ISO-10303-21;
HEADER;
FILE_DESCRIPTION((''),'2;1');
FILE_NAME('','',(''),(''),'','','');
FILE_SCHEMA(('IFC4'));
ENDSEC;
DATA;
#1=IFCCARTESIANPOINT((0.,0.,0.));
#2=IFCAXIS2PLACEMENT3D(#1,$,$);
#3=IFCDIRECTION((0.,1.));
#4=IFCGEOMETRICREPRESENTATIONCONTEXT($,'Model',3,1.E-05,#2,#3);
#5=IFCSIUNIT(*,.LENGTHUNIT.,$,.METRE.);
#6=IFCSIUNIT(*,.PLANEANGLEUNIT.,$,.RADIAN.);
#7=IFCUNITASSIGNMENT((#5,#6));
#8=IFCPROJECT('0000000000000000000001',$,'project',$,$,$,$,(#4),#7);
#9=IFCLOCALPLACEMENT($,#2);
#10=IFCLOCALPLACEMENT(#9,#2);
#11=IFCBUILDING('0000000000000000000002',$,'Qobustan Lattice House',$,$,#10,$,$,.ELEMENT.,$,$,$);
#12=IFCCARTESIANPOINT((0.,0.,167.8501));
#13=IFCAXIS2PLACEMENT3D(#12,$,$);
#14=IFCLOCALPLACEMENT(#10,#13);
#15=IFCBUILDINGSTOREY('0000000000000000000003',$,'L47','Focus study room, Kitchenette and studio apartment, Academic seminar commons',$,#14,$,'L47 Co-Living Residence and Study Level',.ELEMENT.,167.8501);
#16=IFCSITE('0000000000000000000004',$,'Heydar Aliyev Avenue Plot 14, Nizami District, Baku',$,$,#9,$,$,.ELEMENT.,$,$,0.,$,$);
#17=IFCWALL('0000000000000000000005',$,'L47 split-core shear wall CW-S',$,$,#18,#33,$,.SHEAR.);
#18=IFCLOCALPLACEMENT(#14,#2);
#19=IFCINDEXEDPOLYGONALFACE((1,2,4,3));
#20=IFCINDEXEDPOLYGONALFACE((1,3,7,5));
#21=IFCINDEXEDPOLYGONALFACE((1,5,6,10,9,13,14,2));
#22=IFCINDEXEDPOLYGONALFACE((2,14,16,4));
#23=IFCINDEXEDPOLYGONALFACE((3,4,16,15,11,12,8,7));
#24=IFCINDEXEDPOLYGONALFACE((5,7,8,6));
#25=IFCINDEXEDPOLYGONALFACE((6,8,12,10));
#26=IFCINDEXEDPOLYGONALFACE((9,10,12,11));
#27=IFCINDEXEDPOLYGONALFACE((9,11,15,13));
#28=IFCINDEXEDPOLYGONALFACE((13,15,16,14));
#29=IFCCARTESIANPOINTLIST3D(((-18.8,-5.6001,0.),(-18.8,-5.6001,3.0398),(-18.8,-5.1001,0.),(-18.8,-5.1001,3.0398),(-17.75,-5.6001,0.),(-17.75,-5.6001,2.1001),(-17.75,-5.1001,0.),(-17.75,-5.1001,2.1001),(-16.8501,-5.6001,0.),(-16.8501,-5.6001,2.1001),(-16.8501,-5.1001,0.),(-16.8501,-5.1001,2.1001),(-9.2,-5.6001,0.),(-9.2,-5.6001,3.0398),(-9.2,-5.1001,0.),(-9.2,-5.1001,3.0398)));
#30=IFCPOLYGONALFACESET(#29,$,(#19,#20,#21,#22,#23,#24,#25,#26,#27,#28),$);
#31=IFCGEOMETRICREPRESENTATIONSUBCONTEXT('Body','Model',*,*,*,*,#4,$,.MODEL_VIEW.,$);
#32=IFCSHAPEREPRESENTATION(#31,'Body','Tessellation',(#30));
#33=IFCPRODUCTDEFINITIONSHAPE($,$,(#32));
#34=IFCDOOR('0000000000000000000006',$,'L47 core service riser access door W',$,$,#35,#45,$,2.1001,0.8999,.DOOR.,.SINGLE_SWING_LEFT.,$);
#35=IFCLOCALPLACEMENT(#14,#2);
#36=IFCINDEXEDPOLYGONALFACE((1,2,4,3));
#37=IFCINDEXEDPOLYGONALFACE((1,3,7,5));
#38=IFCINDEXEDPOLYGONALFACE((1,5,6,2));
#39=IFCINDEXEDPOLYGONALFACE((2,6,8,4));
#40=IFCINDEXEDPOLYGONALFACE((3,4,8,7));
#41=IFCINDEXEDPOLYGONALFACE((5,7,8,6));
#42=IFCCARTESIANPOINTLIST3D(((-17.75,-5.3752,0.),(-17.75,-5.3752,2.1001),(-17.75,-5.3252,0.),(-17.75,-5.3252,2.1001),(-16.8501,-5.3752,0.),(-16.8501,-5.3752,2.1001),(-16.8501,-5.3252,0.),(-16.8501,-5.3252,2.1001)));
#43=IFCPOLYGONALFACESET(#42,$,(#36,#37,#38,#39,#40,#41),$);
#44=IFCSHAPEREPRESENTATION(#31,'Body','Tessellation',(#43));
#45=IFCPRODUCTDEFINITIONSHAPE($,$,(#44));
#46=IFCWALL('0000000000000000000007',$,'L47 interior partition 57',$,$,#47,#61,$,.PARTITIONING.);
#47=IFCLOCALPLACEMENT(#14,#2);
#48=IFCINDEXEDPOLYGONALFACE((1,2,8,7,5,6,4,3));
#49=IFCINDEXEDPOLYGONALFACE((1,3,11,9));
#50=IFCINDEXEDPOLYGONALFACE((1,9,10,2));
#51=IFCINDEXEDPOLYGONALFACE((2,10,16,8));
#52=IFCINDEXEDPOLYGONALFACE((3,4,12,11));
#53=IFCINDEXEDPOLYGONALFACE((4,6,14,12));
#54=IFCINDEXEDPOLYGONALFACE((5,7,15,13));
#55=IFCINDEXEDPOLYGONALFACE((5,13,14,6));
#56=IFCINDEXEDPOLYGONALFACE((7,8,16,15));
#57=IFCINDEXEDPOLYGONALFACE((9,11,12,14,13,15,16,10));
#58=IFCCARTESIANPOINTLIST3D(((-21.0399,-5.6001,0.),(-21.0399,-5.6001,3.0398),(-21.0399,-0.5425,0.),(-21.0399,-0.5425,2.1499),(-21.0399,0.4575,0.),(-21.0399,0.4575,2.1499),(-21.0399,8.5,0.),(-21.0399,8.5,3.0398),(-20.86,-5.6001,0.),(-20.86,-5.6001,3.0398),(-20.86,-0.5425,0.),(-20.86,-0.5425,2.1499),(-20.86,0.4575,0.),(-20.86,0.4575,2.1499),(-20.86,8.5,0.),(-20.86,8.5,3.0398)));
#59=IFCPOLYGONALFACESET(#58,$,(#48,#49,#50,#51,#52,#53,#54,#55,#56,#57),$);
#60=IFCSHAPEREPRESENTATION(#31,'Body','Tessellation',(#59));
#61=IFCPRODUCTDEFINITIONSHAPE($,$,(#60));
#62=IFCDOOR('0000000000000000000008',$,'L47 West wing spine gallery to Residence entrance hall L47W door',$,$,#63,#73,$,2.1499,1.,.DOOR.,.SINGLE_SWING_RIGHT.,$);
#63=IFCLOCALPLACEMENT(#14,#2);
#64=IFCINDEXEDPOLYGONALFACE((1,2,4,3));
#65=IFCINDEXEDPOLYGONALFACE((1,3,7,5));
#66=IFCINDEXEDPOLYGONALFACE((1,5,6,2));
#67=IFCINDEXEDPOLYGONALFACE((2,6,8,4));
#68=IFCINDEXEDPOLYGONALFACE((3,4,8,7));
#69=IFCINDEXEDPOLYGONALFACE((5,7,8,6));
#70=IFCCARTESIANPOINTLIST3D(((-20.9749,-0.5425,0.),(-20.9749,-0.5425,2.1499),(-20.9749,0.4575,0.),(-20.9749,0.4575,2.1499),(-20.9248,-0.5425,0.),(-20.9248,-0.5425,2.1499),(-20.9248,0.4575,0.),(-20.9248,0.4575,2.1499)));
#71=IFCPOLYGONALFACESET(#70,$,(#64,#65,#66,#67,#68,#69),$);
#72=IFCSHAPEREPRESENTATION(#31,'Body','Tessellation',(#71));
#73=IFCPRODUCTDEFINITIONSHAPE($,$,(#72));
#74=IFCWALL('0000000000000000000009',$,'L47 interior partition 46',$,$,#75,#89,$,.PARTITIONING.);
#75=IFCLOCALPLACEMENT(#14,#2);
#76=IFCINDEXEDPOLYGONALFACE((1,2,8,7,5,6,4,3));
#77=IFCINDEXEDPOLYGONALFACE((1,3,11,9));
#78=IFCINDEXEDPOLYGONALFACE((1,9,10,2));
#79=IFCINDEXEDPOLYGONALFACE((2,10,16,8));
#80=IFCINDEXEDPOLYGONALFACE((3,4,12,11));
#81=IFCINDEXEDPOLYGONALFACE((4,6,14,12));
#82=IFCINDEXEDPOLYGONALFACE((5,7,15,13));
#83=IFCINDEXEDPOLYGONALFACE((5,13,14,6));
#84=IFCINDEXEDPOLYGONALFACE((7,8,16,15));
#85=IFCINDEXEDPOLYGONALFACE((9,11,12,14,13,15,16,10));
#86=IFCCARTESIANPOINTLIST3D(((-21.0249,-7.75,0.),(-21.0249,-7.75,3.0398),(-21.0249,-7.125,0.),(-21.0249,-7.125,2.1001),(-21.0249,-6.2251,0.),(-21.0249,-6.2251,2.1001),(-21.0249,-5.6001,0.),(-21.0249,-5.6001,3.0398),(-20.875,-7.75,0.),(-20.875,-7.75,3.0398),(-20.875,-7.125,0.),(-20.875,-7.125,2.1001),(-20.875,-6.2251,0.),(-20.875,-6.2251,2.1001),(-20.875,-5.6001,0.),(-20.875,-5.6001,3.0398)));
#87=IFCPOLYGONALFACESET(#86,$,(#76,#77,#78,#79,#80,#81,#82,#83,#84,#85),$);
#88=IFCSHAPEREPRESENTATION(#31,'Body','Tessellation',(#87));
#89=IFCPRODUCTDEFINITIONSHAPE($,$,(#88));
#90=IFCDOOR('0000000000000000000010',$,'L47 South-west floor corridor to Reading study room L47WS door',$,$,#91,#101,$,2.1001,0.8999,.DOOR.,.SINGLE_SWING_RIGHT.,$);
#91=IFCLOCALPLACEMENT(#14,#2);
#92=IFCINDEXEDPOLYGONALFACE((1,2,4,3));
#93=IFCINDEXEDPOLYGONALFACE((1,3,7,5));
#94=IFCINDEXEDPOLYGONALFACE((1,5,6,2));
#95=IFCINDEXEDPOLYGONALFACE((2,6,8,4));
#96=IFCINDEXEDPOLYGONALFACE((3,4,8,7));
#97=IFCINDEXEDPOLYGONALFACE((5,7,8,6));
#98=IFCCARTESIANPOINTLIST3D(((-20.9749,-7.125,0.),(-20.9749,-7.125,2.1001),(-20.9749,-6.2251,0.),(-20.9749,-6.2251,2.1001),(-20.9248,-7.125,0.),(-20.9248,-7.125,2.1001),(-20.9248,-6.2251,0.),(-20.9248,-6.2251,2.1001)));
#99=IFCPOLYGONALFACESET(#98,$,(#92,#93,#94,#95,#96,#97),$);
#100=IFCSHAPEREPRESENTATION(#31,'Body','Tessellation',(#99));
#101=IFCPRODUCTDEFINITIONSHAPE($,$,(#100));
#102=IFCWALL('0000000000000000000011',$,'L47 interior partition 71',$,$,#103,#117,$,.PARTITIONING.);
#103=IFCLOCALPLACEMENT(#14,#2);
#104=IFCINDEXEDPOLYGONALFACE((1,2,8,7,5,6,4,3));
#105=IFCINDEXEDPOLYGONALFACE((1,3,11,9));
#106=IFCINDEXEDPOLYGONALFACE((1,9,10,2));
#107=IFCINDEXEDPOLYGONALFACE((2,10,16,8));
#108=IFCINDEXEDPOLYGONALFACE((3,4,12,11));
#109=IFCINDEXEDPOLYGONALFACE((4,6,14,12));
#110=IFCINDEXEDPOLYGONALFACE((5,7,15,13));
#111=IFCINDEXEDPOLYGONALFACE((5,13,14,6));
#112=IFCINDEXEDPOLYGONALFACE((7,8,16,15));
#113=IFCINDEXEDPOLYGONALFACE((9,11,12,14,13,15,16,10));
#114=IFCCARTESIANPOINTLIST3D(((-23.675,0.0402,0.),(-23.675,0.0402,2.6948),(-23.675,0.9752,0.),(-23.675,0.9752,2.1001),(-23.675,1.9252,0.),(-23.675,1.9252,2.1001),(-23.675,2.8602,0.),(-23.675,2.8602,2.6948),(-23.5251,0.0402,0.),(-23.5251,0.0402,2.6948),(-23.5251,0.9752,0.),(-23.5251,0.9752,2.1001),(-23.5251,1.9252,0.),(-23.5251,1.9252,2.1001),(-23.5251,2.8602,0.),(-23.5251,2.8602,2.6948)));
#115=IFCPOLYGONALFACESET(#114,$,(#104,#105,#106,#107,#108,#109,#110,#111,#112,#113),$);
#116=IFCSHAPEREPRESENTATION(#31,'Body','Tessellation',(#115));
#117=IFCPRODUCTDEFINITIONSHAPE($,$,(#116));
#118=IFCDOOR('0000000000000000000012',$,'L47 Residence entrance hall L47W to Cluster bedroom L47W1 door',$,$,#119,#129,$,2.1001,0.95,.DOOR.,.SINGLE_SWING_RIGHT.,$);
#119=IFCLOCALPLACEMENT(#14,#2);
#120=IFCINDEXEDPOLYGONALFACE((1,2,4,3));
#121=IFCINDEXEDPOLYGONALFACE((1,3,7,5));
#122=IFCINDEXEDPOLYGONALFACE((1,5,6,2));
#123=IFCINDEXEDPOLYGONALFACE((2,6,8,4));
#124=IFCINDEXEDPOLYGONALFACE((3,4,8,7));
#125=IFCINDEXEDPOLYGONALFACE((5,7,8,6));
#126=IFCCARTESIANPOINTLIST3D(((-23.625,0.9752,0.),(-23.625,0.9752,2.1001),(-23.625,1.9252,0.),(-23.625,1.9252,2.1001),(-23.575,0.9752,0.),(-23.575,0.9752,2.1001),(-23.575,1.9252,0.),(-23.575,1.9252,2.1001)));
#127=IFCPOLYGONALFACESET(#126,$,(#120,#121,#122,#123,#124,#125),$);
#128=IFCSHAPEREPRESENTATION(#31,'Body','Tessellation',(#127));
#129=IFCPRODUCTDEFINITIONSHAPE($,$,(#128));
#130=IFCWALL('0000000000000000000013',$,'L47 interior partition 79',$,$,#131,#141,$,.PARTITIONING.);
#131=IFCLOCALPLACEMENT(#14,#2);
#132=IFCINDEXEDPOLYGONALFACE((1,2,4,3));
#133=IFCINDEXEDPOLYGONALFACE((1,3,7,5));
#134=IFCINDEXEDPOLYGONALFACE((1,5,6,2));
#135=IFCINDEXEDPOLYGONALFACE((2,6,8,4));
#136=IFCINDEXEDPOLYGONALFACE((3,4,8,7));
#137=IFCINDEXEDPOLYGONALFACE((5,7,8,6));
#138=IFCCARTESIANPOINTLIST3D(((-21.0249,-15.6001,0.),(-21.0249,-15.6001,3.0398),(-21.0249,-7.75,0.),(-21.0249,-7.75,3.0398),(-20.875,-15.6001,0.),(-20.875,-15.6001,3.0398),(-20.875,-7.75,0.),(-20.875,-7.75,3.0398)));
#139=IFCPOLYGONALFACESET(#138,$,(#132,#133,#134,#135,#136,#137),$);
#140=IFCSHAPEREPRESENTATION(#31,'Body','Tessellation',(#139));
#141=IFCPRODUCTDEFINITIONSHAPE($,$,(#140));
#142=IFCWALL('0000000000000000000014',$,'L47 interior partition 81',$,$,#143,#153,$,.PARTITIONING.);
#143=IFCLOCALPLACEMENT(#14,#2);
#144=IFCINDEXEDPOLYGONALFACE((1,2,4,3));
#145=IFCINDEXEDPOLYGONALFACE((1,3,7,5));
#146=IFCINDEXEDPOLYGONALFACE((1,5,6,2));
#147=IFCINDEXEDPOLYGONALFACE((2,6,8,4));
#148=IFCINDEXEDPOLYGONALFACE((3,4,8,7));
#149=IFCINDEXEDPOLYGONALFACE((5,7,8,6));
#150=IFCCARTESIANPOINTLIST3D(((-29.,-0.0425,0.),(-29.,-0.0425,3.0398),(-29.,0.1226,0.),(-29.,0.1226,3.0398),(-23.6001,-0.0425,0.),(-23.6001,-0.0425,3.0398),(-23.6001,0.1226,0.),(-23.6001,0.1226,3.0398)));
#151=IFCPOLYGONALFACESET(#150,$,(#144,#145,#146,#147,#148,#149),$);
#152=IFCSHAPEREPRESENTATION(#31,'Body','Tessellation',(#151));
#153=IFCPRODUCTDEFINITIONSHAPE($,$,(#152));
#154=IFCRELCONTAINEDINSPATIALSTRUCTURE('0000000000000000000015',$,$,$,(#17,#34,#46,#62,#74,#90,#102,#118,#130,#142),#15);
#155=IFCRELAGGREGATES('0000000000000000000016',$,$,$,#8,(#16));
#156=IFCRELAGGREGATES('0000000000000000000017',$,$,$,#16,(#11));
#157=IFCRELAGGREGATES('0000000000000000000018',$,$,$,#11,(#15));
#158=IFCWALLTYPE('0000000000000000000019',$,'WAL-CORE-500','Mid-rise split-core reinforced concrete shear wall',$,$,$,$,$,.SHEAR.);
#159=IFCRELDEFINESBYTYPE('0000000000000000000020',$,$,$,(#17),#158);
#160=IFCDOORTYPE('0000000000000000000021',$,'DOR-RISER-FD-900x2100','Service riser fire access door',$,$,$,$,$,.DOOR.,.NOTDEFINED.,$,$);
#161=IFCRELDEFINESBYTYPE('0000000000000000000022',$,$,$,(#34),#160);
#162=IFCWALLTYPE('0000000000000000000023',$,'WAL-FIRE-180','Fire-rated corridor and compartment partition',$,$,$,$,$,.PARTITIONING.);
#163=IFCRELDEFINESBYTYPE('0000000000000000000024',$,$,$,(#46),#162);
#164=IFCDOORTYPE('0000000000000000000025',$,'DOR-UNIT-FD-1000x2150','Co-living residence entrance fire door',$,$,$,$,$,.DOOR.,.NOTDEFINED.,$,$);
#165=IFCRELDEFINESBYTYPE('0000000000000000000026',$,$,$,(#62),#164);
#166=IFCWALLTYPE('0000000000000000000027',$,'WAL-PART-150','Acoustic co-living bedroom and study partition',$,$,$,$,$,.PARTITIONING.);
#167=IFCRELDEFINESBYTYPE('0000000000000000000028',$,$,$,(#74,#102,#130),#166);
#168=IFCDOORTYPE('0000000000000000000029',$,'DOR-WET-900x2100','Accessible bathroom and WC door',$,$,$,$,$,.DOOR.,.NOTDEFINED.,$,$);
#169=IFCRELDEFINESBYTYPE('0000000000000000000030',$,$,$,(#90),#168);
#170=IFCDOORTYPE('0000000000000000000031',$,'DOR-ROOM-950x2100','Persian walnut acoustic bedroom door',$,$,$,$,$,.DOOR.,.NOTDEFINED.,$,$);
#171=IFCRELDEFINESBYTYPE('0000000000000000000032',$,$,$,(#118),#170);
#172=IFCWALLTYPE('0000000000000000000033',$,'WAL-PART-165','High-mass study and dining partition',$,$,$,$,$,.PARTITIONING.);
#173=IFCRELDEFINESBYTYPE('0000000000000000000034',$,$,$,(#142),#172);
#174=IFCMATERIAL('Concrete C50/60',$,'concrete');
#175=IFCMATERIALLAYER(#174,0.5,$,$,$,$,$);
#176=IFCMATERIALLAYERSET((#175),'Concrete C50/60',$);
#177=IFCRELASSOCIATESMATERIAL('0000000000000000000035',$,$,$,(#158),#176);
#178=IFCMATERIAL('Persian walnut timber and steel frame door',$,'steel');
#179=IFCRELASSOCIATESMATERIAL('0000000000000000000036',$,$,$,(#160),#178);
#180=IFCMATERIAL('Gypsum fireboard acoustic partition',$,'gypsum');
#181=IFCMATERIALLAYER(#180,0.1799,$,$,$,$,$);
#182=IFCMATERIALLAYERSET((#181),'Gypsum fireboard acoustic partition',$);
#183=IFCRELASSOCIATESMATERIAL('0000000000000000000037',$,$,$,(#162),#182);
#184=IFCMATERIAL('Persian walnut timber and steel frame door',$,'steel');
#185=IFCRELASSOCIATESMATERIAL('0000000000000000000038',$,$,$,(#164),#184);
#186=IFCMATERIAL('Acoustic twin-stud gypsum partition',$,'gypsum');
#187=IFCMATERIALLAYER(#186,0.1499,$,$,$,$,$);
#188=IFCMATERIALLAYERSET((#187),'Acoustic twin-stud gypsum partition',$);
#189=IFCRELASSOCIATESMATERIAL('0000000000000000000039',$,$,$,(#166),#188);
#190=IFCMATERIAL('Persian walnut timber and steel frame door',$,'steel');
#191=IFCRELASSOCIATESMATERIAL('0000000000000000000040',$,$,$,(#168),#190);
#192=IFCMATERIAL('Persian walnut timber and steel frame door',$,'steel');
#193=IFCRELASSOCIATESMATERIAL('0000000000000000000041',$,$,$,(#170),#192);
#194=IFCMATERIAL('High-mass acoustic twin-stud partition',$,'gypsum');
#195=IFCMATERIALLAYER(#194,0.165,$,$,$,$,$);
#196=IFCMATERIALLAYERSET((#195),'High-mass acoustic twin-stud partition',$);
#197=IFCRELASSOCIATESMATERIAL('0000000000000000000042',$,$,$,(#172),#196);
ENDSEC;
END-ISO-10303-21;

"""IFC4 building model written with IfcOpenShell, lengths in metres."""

from ifc_helpers import new_model, si_unit, direction, frame, frame_2d, origin, place, context, subcontext, project, spatial, rectangle, extrude, material, layer, layer_set, type_object, element, fill, save


model = new_model("IFC4")

# Units and contexts
model_context = context("Model", 3, precision=1e-05, world=origin(), true_north=direction((0.0, 1.0)))
body_context = subcontext(model_context, "Body", "Model", "MODEL_VIEW")
ifc_project = project(units=[si_unit("LENGTHUNIT", "METRE"), si_unit("PLANEANGLEUNIT", "RADIAN")], contexts=[model_context])

# Site, building, storey
site_placement = place(None, origin())
site = spatial("IfcSite", under=ifc_project, at=site_placement, Name="Heydar Aliyev Avenue Plot 14, Nizami District, Baku", CompositionType="ELEMENT", RefElevation=0.0)
building_placement = place(site_placement, origin())
building = spatial("IfcBuilding", under=site, at=building_placement, Name="Qobustan Lattice House", CompositionType="ELEMENT")
storey_placement = place(building_placement, frame((0.0, 0.0, 167.8501)))
storey = spatial("IfcBuildingStorey", under=building, at=storey_placement, Name="L47", Description="Focus study room, Kitchenette and studio apartment, Academic seminar commons", LongName="L47 Co-Living Residence and Study Level", CompositionType="ELEMENT", Elevation=167.8501)

# Walls, openings, doors
ifc_material_1 = material(Name="Concrete C50/60", Category="concrete")
ifc_layer_1 = layer(ifc_material_1, 0.5)
ifc_layer_set_1 = layer_set([ifc_layer_1], Name="Concrete C50/60")
wall_type_1 = type_object("IfcWallType", Name="WAL-CORE-500", Description="Mid-rise split-core reinforced concrete shear wall", PredefinedType="SHEAR", material=ifc_layer_set_1)
wall_1_placement = place(storey_placement, frame((-18.8, -5.3501, 0.0), z_axis=(0.0, 0.0, 1.0), x_axis=(1.0, 0.0, 0.0)))
wall_1 = element("IfcWall", 1, at=wall_1_placement, inside=storey, type_object=wall_type_1, Name="L47 split-core shear wall CW-S", PredefinedType="SHEAR", context=body_context, shape_type="SweptSolid", body=[
    extrude(rectangle(XDim=9.6001, YDim=0.5, at=frame_2d((4.8, 0.0))), origin(), (0.0, 0.0, 1.0), 3.0398),
])
opening_1_placement = place(wall_1_placement, frame((1.05, 0.0, 0.0)))
opening_1 = element("IfcOpeningElement", 2, at=opening_1_placement, cuts=wall_1, PredefinedType="OPENING", context=body_context, shape_type="SweptSolid", body=[
    extrude(rectangle(XDim=0.8999, YDim=2.1001, at=frame_2d((0.45, 1.05))), frame((0.0, 0.26, 0.0), z_axis=(0.0, -1.0, 0.0), x_axis=(1.0, 0.0, 0.0)), (0.0, 0.0, 1.0), 0.52),
])
ifc_material_2 = material(Name="Persian walnut timber and steel frame door", Category="steel")
door_type_1 = type_object("IfcDoorType", Name="DOR-RISER-FD-900x2100", Description="Service riser fire access door", OperationType="NOTDEFINED", PredefinedType="DOOR", material=ifc_material_2)
door_1_placement = place(opening_1_placement, origin())
door_1 = element("IfcDoor", 3, at=door_1_placement, inside=storey, type_object=door_type_1, Name="L47 core service riser access door W", OperationType="SINGLE_SWING_LEFT", OverallHeight=2.1001, OverallWidth=0.8999, PredefinedType="DOOR", context=body_context, shape_type="SweptSolid", body=[
    extrude(rectangle(XDim=0.8999, YDim=2.1001, at=frame_2d((0.45, 1.05))), frame((0.0, 0.0249, 0.0), z_axis=(0.0, -1.0, 0.0), x_axis=(1.0, 0.0, 0.0)), (0.0, 0.0, 1.0), 0.05),
])
fill(opening_1, door_1)
ifc_material_3 = material(Name="Gypsum fireboard acoustic partition", Category="gypsum")
ifc_layer_2 = layer(ifc_material_3, 0.1799)
ifc_layer_set_2 = layer_set([ifc_layer_2], Name="Gypsum fireboard acoustic partition")
wall_type_2 = type_object("IfcWallType", Name="WAL-FIRE-180", Description="Fire-rated corridor and compartment partition", PredefinedType="PARTITIONING", material=ifc_layer_set_2)
wall_2_placement = place(storey_placement, frame((-20.95, -5.6001, 0.0), z_axis=(0.0, 0.0, 1.0), x_axis=(0.0, 1.0, 0.0)))
wall_2 = element("IfcWall", 4, at=wall_2_placement, inside=storey, type_object=wall_type_2, Name="L47 interior partition 57", PredefinedType="PARTITIONING", context=body_context, shape_type="SweptSolid", body=[
    extrude(rectangle(XDim=14.1001, YDim=0.1799, at=frame_2d((7.05, 0.0))), origin(), (0.0, 0.0, 1.0), 3.0398),
])
opening_2_placement = place(wall_2_placement, frame((5.0576, 0.0, 0.0)))
opening_2 = element("IfcOpeningElement", 5, at=opening_2_placement, cuts=wall_2, PredefinedType="OPENING", context=body_context, shape_type="SweptSolid", body=[
    extrude(rectangle(XDim=1.0, YDim=2.1499, at=frame_2d((0.5, 1.075))), frame((0.0, 0.0999, 0.0), z_axis=(0.0, -1.0, 0.0), x_axis=(1.0, 0.0, 0.0)), (0.0, 0.0, 1.0), 0.2),
])
ifc_material_4 = material(Name="Persian walnut timber and steel frame door", Category="steel")
door_type_2 = type_object("IfcDoorType", Name="DOR-UNIT-FD-1000x2150", Description="Co-living residence entrance fire door", OperationType="NOTDEFINED", PredefinedType="DOOR", material=ifc_material_4)
door_2_placement = place(opening_2_placement, origin())
door_2 = element("IfcDoor", 6, at=door_2_placement, inside=storey, type_object=door_type_2, Name="L47 West wing spine gallery to Residence entrance hall L47W door", OperationType="SINGLE_SWING_RIGHT", OverallHeight=2.1499, OverallWidth=1.0, PredefinedType="DOOR", context=body_context, shape_type="SweptSolid", body=[
    extrude(rectangle(XDim=1.0, YDim=2.1499, at=frame_2d((0.5, 1.075))), frame((0.0, 0.0249, 0.0), z_axis=(0.0, -1.0, 0.0), x_axis=(1.0, 0.0, 0.0)), (0.0, 0.0, 1.0), 0.05),
])
fill(opening_2, door_2)
ifc_material_5 = material(Name="Acoustic twin-stud gypsum partition", Category="gypsum")
ifc_layer_3 = layer(ifc_material_5, 0.1499)
ifc_layer_set_3 = layer_set([ifc_layer_3], Name="Acoustic twin-stud gypsum partition")
wall_type_3 = type_object("IfcWallType", Name="WAL-PART-150", Description="Acoustic co-living bedroom and study partition", PredefinedType="PARTITIONING", material=ifc_layer_set_3)
wall_3_placement = place(storey_placement, frame((-20.95, -7.75, 0.0), z_axis=(0.0, 0.0, 1.0), x_axis=(0.0, 1.0, 0.0)))
wall_3 = element("IfcWall", 7, at=wall_3_placement, inside=storey, type_object=wall_type_3, Name="L47 interior partition 46", PredefinedType="PARTITIONING", context=body_context, shape_type="SweptSolid", body=[
    extrude(rectangle(XDim=2.1499, YDim=0.1499, at=frame_2d((1.075, 0.0))), origin(), (0.0, 0.0, 1.0), 3.0398),
])
opening_3_placement = place(wall_3_placement, frame((0.625, 0.0, 0.0)))
opening_3 = element("IfcOpeningElement", 8, at=opening_3_placement, cuts=wall_3, PredefinedType="OPENING", context=body_context, shape_type="SweptSolid", body=[
    extrude(rectangle(XDim=0.8999, YDim=2.1001, at=frame_2d((0.45, 1.05))), frame((0.0, 0.085, 0.0), z_axis=(0.0, -1.0, 0.0), x_axis=(1.0, 0.0, 0.0)), (0.0, 0.0, 1.0), 0.1699),
])
ifc_material_6 = material(Name="Persian walnut timber and steel frame door", Category="steel")
door_type_3 = type_object("IfcDoorType", Name="DOR-WET-900x2100", Description="Accessible bathroom and WC door", OperationType="NOTDEFINED", PredefinedType="DOOR", material=ifc_material_6)
door_3_placement = place(opening_3_placement, origin())
door_3 = element("IfcDoor", 9, at=door_3_placement, inside=storey, type_object=door_type_3, Name="L47 South-west floor corridor to Reading study room L47WS door", OperationType="SINGLE_SWING_RIGHT", OverallHeight=2.1001, OverallWidth=0.8999, PredefinedType="DOOR", context=body_context, shape_type="SweptSolid", body=[
    extrude(rectangle(XDim=0.8999, YDim=2.1001, at=frame_2d((0.45, 1.05))), frame((0.0, 0.0249, 0.0), z_axis=(0.0, -1.0, 0.0), x_axis=(1.0, 0.0, 0.0)), (0.0, 0.0, 1.0), 0.05),
])
fill(opening_3, door_3)
wall_4_placement = place(storey_placement, frame((-23.6001, 0.04, 0.0), z_axis=(0.0, 0.0, 1.0), x_axis=(0.0, 1.0, 0.0)))
wall_4 = element("IfcWall", 10, at=wall_4_placement, inside=storey, type_object=wall_type_3, Name="L47 interior partition 71", PredefinedType="PARTITIONING", context=body_context, shape_type="SweptSolid", body=[
    extrude(rectangle(XDim=2.8201, YDim=0.1499, at=frame_2d((1.4102, 0.0))), origin(), (0.0, 0.0, 1.0), 2.6948),
])
opening_4_placement = place(wall_4_placement, frame((0.9351, 0.0, 0.0)))
opening_4 = element("IfcOpeningElement", 11, at=opening_4_placement, cuts=wall_4, PredefinedType="OPENING", context=body_context, shape_type="SweptSolid", body=[
    extrude(rectangle(XDim=0.95, YDim=2.1001, at=frame_2d((0.4751, 1.05))), frame((0.0, 0.085, 0.0), z_axis=(0.0, -1.0, 0.0), x_axis=(1.0, 0.0, 0.0)), (0.0, 0.0, 1.0), 0.1699),
])
ifc_material_7 = material(Name="Persian walnut timber and steel frame door", Category="steel")
door_type_4 = type_object("IfcDoorType", Name="DOR-ROOM-950x2100", Description="Persian walnut acoustic bedroom door", OperationType="NOTDEFINED", PredefinedType="DOOR", material=ifc_material_7)
door_4_placement = place(opening_4_placement, origin())
door_4 = element("IfcDoor", 12, at=door_4_placement, inside=storey, type_object=door_type_4, Name="L47 Residence entrance hall L47W to Cluster bedroom L47W1 door", OperationType="SINGLE_SWING_RIGHT", OverallHeight=2.1001, OverallWidth=0.95, PredefinedType="DOOR", context=body_context, shape_type="SweptSolid", body=[
    extrude(rectangle(XDim=0.95, YDim=2.1001, at=frame_2d((0.4751, 1.05))), frame((0.0, 0.0249, 0.0), z_axis=(0.0, -1.0, 0.0), x_axis=(1.0, 0.0, 0.0)), (0.0, 0.0, 1.0), 0.05),
])
fill(opening_4, door_4)

# Wall
wall_5_placement = place(storey_placement, frame((-20.95, -7.75, 0.0), z_axis=(0.0, 0.0, 1.0), x_axis=(0.0, -1.0, 0.0)))
element("IfcWall", 13, at=wall_5_placement, inside=storey, type_object=wall_type_3, Name="L47 interior partition 79", PredefinedType="PARTITIONING", context=body_context, shape_type="SweptSolid", body=[
    extrude(rectangle(XDim=7.8501, YDim=0.1499, at=frame_2d((3.925, 0.0))), origin(), (0.0, 0.0, 1.0), 3.0398),
])

# Shared definitions
ifc_material_8 = material(Name="High-mass acoustic twin-stud partition", Category="gypsum")
ifc_layer_4 = layer(ifc_material_8, 0.165)
ifc_layer_set_4 = layer_set([ifc_layer_4], Name="High-mass acoustic twin-stud partition")
wall_type_4 = type_object("IfcWallType", Name="WAL-PART-165", Description="High-mass study and dining partition", PredefinedType="PARTITIONING", material=ifc_layer_set_4)

# Wall
wall_6_placement = place(storey_placement, frame((-29.0, 0.04, 0.0), z_axis=(0.0, 0.0, 1.0), x_axis=(1.0, 0.0, 0.0)))
element("IfcWall", 14, at=wall_6_placement, inside=storey, type_object=wall_type_4, Name="L47 interior partition 81", PredefinedType="PARTITIONING", context=body_context, shape_type="SweptSolid", body=[
    extrude(rectangle(XDim=5.3999, YDim=0.165, at=frame_2d((2.7, 0.0))), origin(), (0.0, 0.0, 1.0), 3.0398),
])

save(model, "model.ifc")
